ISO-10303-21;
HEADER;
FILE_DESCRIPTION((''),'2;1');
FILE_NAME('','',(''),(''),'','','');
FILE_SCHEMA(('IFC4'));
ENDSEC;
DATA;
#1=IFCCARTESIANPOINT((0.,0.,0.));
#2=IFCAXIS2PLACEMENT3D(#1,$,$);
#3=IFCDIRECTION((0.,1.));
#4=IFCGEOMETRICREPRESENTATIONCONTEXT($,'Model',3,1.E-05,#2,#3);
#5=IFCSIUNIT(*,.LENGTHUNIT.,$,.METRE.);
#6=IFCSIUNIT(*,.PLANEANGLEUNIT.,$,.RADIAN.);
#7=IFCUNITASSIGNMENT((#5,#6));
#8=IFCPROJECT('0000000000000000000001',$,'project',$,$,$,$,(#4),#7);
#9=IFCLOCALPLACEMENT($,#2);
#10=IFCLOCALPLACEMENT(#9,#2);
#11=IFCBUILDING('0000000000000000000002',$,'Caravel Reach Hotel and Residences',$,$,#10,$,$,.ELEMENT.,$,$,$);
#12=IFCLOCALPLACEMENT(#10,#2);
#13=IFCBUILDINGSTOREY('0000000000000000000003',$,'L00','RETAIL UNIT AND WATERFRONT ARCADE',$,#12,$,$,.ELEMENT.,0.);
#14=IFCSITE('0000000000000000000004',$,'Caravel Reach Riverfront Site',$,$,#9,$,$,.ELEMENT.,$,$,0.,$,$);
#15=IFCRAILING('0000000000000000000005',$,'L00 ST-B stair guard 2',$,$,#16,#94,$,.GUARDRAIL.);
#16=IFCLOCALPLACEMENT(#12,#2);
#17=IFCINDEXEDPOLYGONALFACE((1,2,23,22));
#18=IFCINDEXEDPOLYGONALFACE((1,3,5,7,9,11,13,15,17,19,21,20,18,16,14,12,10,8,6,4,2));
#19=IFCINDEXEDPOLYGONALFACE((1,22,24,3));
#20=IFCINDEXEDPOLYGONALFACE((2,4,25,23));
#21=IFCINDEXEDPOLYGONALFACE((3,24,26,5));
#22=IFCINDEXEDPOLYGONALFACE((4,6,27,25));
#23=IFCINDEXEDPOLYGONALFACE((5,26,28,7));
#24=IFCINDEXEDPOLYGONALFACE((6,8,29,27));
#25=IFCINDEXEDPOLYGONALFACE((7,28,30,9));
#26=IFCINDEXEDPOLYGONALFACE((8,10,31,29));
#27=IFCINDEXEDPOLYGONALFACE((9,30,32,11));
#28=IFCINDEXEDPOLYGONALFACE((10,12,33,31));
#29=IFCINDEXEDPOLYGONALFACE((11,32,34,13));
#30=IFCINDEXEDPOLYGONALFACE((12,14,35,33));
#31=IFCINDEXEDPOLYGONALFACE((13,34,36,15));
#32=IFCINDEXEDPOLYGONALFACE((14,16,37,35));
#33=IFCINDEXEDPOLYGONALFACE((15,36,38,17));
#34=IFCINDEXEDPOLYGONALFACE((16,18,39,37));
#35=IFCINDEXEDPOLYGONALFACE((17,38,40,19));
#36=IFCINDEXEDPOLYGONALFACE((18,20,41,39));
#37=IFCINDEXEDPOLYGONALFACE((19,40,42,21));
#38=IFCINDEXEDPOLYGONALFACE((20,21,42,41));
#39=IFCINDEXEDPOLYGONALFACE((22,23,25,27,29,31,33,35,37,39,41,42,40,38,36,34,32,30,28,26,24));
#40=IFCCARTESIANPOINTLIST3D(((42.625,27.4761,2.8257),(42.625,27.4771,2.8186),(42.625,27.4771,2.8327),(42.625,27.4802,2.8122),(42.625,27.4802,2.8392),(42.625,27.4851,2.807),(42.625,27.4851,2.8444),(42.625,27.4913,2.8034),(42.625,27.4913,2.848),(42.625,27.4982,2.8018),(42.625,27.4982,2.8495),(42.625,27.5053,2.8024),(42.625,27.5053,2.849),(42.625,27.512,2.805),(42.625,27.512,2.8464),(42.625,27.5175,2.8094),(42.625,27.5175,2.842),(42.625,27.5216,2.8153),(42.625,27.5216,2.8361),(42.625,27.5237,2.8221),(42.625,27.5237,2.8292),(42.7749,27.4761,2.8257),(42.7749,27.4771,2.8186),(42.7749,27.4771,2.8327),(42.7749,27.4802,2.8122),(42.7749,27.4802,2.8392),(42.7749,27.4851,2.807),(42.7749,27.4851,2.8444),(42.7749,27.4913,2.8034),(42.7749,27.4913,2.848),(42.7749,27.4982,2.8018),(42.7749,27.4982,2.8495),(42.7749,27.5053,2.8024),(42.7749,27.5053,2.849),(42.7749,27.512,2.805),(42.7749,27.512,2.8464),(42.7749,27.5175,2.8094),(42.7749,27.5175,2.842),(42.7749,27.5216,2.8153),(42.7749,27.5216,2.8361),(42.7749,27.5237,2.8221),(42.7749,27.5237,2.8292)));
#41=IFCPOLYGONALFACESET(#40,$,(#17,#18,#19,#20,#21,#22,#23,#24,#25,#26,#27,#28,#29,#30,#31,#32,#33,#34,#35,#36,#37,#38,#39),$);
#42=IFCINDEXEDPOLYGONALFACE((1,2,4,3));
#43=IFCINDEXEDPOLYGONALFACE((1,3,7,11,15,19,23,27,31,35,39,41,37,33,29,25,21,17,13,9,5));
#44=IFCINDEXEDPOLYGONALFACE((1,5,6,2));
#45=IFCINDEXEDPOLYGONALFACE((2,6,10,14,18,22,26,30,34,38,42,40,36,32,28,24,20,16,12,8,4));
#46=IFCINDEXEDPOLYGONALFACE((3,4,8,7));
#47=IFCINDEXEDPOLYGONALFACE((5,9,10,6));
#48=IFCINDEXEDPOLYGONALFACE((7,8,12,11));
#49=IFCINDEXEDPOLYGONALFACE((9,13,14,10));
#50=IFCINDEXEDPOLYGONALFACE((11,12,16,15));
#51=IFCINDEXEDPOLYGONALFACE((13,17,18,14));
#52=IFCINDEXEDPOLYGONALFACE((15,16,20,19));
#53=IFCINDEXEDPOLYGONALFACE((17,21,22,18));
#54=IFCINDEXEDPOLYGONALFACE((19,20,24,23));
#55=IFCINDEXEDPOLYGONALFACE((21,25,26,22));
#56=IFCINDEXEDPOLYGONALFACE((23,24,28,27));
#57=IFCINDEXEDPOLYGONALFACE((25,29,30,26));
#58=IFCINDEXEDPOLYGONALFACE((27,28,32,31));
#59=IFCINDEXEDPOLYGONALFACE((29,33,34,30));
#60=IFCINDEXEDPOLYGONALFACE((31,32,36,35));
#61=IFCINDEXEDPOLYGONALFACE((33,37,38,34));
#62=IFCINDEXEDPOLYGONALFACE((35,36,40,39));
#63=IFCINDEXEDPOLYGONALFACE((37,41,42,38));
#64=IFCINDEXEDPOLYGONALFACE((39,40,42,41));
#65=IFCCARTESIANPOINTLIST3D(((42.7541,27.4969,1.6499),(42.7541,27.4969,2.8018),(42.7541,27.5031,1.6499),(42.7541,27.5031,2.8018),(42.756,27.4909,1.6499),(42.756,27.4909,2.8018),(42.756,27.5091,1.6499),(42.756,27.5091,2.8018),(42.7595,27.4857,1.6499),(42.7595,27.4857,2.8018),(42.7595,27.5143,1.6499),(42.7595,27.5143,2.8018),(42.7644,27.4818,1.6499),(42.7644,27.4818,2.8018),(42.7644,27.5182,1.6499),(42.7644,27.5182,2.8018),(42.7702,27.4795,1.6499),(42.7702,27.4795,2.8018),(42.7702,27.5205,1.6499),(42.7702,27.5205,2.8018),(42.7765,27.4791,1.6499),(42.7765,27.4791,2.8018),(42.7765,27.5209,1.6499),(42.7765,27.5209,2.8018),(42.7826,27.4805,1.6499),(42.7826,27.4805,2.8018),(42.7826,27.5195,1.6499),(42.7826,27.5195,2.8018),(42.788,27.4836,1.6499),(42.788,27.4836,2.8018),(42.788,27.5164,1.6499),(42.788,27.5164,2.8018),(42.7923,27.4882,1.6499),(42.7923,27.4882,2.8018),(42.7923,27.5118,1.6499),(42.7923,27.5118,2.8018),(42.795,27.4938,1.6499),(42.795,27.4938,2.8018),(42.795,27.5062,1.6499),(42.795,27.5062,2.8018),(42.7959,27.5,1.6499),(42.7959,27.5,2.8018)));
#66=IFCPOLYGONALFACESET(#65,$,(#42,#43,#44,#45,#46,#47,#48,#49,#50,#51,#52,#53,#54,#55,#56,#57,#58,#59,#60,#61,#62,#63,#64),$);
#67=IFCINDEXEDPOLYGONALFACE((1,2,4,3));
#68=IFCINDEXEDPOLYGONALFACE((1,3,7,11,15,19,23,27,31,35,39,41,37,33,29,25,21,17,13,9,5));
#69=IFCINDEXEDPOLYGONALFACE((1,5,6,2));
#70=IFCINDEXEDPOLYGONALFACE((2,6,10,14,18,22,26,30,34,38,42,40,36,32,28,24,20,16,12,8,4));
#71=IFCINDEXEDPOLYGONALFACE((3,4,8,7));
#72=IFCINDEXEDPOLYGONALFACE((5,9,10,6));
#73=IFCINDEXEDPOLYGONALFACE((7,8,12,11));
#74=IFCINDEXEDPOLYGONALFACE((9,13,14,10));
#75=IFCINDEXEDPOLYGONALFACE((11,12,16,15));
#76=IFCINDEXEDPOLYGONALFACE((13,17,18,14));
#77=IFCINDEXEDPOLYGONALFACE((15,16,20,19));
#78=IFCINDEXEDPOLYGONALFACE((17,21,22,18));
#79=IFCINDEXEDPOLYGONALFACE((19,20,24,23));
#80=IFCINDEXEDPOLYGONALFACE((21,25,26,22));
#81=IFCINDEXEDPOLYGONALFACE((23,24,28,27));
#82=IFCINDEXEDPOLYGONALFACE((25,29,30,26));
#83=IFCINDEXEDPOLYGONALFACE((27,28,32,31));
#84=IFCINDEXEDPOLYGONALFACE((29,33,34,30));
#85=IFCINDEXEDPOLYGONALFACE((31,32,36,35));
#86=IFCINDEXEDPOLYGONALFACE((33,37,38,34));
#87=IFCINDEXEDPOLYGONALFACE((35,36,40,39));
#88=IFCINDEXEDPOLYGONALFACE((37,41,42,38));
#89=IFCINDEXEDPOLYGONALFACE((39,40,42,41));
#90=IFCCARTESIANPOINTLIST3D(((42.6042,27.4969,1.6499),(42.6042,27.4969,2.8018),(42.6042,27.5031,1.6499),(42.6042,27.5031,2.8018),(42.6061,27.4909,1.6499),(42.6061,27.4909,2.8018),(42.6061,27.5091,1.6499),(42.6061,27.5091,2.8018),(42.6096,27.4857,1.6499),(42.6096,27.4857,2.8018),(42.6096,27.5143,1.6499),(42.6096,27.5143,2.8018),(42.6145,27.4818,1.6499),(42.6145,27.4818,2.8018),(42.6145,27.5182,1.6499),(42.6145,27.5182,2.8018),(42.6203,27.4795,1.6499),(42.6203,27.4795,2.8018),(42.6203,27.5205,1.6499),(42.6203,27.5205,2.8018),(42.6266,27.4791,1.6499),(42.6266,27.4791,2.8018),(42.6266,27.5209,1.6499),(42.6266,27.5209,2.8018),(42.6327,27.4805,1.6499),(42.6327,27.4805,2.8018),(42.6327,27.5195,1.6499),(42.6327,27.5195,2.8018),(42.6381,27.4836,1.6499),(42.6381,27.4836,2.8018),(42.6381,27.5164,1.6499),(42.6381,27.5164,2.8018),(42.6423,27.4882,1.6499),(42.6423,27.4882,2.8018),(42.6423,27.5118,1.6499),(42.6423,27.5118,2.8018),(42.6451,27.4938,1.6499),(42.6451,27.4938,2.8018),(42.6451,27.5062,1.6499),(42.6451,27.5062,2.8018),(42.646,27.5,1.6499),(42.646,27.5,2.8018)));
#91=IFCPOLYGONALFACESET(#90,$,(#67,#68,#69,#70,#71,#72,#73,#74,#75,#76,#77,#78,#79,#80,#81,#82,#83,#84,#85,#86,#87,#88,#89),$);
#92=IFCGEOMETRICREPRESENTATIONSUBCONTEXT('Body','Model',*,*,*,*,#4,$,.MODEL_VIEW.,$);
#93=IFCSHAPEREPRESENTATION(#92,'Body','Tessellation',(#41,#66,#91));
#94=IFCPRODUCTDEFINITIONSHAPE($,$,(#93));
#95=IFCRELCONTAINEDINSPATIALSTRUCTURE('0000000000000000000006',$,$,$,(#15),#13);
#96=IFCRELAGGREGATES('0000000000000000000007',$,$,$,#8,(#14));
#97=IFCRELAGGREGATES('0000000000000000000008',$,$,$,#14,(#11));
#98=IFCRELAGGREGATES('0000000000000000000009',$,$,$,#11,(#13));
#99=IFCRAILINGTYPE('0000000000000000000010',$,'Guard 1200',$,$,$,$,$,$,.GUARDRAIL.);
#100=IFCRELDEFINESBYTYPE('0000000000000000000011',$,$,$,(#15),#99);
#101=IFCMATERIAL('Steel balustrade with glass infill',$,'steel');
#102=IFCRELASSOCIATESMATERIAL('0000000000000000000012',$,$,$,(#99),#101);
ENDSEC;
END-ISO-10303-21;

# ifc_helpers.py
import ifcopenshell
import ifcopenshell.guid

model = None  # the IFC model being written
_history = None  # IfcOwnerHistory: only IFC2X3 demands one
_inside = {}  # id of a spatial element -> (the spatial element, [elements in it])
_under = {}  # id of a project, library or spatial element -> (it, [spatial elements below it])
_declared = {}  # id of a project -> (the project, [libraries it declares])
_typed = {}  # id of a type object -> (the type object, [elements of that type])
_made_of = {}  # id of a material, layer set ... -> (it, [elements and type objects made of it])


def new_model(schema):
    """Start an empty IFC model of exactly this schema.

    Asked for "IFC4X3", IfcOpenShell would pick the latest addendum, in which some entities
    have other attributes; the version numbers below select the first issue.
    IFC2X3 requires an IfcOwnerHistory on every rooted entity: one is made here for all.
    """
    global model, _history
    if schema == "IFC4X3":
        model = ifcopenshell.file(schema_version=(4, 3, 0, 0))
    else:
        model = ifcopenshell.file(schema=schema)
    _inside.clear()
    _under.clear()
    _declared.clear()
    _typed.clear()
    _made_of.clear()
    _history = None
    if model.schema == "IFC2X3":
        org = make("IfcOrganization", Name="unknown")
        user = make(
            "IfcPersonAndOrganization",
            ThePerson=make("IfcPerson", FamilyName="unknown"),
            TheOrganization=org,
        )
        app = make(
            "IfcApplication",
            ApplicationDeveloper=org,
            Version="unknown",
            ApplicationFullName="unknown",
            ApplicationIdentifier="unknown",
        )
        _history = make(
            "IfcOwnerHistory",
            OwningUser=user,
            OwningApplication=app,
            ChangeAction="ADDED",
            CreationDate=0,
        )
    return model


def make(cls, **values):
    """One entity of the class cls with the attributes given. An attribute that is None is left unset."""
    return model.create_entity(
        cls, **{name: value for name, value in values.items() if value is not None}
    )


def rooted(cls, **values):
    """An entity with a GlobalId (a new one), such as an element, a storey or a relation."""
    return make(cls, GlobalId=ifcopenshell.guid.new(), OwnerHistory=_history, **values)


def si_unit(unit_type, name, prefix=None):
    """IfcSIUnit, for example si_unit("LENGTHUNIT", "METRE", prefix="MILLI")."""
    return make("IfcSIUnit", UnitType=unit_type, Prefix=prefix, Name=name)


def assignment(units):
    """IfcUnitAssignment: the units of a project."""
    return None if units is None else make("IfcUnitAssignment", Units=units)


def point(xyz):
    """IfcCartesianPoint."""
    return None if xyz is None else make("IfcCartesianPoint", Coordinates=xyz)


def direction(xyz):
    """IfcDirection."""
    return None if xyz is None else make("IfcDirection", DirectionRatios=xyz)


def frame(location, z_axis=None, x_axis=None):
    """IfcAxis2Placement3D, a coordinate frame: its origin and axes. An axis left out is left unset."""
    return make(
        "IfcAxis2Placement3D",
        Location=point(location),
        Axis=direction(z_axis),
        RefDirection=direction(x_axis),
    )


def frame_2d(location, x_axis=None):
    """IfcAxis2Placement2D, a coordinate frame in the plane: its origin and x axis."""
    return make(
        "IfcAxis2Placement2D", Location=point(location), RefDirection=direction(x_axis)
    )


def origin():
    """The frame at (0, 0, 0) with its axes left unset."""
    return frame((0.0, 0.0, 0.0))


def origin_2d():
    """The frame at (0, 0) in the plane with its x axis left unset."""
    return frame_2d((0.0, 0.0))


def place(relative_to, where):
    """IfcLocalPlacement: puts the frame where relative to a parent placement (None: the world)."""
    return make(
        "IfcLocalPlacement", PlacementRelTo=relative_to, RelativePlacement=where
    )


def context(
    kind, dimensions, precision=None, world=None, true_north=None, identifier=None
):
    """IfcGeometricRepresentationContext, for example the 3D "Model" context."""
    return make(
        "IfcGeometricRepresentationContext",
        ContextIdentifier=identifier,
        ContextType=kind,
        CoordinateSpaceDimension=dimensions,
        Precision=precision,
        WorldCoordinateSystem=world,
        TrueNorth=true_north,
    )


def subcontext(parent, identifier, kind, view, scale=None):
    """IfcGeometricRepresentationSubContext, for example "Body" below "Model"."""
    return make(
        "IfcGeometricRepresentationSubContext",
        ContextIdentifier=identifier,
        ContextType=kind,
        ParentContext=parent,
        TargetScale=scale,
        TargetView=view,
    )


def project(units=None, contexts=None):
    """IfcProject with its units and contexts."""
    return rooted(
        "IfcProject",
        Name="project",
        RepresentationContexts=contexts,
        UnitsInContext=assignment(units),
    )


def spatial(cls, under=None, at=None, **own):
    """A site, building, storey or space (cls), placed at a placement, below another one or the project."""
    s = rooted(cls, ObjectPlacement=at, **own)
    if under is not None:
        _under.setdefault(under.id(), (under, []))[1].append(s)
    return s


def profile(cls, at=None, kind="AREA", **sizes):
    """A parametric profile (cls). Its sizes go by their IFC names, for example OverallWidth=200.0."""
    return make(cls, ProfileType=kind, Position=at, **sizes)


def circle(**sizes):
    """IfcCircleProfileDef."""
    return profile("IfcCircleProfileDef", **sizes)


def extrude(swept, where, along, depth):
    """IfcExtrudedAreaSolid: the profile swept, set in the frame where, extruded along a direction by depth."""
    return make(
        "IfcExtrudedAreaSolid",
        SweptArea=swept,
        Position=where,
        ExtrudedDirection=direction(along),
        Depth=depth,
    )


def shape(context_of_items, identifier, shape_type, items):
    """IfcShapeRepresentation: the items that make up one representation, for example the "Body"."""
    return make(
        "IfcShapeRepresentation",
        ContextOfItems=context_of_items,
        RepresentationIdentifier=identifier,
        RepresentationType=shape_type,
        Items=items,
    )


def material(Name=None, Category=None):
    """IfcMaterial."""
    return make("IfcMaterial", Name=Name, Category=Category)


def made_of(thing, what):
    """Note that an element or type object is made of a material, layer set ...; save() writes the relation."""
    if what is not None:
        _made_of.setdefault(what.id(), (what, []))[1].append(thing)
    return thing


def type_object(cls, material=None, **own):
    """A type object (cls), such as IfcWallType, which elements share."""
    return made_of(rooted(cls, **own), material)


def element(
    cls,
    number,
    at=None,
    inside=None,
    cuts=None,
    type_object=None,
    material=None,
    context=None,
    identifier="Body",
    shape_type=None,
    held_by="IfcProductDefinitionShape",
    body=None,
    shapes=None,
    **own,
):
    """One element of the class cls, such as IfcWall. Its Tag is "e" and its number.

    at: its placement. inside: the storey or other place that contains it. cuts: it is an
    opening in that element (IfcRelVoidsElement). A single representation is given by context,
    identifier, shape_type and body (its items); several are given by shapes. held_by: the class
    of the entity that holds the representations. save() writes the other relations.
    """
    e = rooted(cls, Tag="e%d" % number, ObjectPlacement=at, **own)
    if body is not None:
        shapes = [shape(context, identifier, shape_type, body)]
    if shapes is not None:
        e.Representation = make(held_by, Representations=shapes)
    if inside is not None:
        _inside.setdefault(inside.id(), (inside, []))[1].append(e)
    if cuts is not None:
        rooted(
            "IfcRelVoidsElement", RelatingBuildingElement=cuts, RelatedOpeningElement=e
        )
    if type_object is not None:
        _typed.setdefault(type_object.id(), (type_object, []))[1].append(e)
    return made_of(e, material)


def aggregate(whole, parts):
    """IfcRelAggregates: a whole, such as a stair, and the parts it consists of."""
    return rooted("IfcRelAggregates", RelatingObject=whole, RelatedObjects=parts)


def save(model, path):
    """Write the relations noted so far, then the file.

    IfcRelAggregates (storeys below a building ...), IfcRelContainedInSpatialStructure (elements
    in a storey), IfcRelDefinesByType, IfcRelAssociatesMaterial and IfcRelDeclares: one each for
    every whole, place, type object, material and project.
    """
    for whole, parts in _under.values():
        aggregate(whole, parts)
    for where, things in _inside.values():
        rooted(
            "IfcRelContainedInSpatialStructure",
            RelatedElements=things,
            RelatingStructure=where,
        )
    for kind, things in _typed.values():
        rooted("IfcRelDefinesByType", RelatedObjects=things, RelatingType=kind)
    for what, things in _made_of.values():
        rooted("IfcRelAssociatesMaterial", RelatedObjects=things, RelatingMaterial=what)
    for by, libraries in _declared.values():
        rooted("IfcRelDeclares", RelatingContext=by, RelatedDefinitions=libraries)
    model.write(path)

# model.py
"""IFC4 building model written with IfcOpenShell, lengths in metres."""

from ifc_helpers import new_model, si_unit, direction, frame, origin, origin_2d, place, context, subcontext, project, spatial, circle, extrude, material, type_object, element, save


model = new_model("IFC4")

# Units and contexts
model_context = context("Model", 3, precision=1e-05, world=origin(), true_north=direction((0.0, 1.0)))
body_context = subcontext(model_context, "Body", "Model", "MODEL_VIEW")
ifc_project = project(units=[si_unit("LENGTHUNIT", "METRE"), si_unit("PLANEANGLEUNIT", "RADIAN")], contexts=[model_context])

# Site, building, storey
site_placement = place(None, origin())
site = spatial("IfcSite", under=ifc_project, at=site_placement, Name="Caravel Reach Riverfront Site", CompositionType="ELEMENT", RefElevation=0.0)
building_placement = place(site_placement, origin())
building = spatial("IfcBuilding", under=site, at=building_placement, Name="Caravel Reach Hotel and Residences", CompositionType="ELEMENT")
storey_placement = place(building_placement, origin())
storey = spatial("IfcBuildingStorey", under=building, at=storey_placement, Name="L00", Description="RETAIL UNIT AND WATERFRONT ARCADE", CompositionType="ELEMENT", Elevation=0.0)

# Railing
ifc_material_1 = material(Name="Steel balustrade with glass infill", Category="steel")
railing_type_1 = type_object("IfcRailingType", Name="Guard 1200", PredefinedType="GUARDRAIL", material=ifc_material_1)
railing_1_placement = place(storey_placement, frame((42.7749, 27.5, 1.6499)))
element("IfcRailing", 1, at=railing_1_placement, inside=storey, type_object=railing_type_1, Name="L00 ST-B stair guard 2", PredefinedType="GUARDRAIL", context=body_context, shape_type="SweptSolid", body=[
    extrude(circle(Radius=0.0239, at=origin_2d()), frame((0.0, 0.0, 1.1758), z_axis=(-1.0, 0.0, 0.0), x_axis=(0.0, -1.0, 0.0)), (0.0, 0.0, 1.0), 0.1499),
    extrude(circle(Radius=0.021, at=origin_2d()), origin(), (0.0, 0.0, 1.0), 1.1519),
    extrude(circle(Radius=0.021, at=origin_2d()), frame((-0.1499, 0.0, 0.0)), (0.0, 0.0, 1.0), 1.1519),
])

save(model, "model.ifc")
